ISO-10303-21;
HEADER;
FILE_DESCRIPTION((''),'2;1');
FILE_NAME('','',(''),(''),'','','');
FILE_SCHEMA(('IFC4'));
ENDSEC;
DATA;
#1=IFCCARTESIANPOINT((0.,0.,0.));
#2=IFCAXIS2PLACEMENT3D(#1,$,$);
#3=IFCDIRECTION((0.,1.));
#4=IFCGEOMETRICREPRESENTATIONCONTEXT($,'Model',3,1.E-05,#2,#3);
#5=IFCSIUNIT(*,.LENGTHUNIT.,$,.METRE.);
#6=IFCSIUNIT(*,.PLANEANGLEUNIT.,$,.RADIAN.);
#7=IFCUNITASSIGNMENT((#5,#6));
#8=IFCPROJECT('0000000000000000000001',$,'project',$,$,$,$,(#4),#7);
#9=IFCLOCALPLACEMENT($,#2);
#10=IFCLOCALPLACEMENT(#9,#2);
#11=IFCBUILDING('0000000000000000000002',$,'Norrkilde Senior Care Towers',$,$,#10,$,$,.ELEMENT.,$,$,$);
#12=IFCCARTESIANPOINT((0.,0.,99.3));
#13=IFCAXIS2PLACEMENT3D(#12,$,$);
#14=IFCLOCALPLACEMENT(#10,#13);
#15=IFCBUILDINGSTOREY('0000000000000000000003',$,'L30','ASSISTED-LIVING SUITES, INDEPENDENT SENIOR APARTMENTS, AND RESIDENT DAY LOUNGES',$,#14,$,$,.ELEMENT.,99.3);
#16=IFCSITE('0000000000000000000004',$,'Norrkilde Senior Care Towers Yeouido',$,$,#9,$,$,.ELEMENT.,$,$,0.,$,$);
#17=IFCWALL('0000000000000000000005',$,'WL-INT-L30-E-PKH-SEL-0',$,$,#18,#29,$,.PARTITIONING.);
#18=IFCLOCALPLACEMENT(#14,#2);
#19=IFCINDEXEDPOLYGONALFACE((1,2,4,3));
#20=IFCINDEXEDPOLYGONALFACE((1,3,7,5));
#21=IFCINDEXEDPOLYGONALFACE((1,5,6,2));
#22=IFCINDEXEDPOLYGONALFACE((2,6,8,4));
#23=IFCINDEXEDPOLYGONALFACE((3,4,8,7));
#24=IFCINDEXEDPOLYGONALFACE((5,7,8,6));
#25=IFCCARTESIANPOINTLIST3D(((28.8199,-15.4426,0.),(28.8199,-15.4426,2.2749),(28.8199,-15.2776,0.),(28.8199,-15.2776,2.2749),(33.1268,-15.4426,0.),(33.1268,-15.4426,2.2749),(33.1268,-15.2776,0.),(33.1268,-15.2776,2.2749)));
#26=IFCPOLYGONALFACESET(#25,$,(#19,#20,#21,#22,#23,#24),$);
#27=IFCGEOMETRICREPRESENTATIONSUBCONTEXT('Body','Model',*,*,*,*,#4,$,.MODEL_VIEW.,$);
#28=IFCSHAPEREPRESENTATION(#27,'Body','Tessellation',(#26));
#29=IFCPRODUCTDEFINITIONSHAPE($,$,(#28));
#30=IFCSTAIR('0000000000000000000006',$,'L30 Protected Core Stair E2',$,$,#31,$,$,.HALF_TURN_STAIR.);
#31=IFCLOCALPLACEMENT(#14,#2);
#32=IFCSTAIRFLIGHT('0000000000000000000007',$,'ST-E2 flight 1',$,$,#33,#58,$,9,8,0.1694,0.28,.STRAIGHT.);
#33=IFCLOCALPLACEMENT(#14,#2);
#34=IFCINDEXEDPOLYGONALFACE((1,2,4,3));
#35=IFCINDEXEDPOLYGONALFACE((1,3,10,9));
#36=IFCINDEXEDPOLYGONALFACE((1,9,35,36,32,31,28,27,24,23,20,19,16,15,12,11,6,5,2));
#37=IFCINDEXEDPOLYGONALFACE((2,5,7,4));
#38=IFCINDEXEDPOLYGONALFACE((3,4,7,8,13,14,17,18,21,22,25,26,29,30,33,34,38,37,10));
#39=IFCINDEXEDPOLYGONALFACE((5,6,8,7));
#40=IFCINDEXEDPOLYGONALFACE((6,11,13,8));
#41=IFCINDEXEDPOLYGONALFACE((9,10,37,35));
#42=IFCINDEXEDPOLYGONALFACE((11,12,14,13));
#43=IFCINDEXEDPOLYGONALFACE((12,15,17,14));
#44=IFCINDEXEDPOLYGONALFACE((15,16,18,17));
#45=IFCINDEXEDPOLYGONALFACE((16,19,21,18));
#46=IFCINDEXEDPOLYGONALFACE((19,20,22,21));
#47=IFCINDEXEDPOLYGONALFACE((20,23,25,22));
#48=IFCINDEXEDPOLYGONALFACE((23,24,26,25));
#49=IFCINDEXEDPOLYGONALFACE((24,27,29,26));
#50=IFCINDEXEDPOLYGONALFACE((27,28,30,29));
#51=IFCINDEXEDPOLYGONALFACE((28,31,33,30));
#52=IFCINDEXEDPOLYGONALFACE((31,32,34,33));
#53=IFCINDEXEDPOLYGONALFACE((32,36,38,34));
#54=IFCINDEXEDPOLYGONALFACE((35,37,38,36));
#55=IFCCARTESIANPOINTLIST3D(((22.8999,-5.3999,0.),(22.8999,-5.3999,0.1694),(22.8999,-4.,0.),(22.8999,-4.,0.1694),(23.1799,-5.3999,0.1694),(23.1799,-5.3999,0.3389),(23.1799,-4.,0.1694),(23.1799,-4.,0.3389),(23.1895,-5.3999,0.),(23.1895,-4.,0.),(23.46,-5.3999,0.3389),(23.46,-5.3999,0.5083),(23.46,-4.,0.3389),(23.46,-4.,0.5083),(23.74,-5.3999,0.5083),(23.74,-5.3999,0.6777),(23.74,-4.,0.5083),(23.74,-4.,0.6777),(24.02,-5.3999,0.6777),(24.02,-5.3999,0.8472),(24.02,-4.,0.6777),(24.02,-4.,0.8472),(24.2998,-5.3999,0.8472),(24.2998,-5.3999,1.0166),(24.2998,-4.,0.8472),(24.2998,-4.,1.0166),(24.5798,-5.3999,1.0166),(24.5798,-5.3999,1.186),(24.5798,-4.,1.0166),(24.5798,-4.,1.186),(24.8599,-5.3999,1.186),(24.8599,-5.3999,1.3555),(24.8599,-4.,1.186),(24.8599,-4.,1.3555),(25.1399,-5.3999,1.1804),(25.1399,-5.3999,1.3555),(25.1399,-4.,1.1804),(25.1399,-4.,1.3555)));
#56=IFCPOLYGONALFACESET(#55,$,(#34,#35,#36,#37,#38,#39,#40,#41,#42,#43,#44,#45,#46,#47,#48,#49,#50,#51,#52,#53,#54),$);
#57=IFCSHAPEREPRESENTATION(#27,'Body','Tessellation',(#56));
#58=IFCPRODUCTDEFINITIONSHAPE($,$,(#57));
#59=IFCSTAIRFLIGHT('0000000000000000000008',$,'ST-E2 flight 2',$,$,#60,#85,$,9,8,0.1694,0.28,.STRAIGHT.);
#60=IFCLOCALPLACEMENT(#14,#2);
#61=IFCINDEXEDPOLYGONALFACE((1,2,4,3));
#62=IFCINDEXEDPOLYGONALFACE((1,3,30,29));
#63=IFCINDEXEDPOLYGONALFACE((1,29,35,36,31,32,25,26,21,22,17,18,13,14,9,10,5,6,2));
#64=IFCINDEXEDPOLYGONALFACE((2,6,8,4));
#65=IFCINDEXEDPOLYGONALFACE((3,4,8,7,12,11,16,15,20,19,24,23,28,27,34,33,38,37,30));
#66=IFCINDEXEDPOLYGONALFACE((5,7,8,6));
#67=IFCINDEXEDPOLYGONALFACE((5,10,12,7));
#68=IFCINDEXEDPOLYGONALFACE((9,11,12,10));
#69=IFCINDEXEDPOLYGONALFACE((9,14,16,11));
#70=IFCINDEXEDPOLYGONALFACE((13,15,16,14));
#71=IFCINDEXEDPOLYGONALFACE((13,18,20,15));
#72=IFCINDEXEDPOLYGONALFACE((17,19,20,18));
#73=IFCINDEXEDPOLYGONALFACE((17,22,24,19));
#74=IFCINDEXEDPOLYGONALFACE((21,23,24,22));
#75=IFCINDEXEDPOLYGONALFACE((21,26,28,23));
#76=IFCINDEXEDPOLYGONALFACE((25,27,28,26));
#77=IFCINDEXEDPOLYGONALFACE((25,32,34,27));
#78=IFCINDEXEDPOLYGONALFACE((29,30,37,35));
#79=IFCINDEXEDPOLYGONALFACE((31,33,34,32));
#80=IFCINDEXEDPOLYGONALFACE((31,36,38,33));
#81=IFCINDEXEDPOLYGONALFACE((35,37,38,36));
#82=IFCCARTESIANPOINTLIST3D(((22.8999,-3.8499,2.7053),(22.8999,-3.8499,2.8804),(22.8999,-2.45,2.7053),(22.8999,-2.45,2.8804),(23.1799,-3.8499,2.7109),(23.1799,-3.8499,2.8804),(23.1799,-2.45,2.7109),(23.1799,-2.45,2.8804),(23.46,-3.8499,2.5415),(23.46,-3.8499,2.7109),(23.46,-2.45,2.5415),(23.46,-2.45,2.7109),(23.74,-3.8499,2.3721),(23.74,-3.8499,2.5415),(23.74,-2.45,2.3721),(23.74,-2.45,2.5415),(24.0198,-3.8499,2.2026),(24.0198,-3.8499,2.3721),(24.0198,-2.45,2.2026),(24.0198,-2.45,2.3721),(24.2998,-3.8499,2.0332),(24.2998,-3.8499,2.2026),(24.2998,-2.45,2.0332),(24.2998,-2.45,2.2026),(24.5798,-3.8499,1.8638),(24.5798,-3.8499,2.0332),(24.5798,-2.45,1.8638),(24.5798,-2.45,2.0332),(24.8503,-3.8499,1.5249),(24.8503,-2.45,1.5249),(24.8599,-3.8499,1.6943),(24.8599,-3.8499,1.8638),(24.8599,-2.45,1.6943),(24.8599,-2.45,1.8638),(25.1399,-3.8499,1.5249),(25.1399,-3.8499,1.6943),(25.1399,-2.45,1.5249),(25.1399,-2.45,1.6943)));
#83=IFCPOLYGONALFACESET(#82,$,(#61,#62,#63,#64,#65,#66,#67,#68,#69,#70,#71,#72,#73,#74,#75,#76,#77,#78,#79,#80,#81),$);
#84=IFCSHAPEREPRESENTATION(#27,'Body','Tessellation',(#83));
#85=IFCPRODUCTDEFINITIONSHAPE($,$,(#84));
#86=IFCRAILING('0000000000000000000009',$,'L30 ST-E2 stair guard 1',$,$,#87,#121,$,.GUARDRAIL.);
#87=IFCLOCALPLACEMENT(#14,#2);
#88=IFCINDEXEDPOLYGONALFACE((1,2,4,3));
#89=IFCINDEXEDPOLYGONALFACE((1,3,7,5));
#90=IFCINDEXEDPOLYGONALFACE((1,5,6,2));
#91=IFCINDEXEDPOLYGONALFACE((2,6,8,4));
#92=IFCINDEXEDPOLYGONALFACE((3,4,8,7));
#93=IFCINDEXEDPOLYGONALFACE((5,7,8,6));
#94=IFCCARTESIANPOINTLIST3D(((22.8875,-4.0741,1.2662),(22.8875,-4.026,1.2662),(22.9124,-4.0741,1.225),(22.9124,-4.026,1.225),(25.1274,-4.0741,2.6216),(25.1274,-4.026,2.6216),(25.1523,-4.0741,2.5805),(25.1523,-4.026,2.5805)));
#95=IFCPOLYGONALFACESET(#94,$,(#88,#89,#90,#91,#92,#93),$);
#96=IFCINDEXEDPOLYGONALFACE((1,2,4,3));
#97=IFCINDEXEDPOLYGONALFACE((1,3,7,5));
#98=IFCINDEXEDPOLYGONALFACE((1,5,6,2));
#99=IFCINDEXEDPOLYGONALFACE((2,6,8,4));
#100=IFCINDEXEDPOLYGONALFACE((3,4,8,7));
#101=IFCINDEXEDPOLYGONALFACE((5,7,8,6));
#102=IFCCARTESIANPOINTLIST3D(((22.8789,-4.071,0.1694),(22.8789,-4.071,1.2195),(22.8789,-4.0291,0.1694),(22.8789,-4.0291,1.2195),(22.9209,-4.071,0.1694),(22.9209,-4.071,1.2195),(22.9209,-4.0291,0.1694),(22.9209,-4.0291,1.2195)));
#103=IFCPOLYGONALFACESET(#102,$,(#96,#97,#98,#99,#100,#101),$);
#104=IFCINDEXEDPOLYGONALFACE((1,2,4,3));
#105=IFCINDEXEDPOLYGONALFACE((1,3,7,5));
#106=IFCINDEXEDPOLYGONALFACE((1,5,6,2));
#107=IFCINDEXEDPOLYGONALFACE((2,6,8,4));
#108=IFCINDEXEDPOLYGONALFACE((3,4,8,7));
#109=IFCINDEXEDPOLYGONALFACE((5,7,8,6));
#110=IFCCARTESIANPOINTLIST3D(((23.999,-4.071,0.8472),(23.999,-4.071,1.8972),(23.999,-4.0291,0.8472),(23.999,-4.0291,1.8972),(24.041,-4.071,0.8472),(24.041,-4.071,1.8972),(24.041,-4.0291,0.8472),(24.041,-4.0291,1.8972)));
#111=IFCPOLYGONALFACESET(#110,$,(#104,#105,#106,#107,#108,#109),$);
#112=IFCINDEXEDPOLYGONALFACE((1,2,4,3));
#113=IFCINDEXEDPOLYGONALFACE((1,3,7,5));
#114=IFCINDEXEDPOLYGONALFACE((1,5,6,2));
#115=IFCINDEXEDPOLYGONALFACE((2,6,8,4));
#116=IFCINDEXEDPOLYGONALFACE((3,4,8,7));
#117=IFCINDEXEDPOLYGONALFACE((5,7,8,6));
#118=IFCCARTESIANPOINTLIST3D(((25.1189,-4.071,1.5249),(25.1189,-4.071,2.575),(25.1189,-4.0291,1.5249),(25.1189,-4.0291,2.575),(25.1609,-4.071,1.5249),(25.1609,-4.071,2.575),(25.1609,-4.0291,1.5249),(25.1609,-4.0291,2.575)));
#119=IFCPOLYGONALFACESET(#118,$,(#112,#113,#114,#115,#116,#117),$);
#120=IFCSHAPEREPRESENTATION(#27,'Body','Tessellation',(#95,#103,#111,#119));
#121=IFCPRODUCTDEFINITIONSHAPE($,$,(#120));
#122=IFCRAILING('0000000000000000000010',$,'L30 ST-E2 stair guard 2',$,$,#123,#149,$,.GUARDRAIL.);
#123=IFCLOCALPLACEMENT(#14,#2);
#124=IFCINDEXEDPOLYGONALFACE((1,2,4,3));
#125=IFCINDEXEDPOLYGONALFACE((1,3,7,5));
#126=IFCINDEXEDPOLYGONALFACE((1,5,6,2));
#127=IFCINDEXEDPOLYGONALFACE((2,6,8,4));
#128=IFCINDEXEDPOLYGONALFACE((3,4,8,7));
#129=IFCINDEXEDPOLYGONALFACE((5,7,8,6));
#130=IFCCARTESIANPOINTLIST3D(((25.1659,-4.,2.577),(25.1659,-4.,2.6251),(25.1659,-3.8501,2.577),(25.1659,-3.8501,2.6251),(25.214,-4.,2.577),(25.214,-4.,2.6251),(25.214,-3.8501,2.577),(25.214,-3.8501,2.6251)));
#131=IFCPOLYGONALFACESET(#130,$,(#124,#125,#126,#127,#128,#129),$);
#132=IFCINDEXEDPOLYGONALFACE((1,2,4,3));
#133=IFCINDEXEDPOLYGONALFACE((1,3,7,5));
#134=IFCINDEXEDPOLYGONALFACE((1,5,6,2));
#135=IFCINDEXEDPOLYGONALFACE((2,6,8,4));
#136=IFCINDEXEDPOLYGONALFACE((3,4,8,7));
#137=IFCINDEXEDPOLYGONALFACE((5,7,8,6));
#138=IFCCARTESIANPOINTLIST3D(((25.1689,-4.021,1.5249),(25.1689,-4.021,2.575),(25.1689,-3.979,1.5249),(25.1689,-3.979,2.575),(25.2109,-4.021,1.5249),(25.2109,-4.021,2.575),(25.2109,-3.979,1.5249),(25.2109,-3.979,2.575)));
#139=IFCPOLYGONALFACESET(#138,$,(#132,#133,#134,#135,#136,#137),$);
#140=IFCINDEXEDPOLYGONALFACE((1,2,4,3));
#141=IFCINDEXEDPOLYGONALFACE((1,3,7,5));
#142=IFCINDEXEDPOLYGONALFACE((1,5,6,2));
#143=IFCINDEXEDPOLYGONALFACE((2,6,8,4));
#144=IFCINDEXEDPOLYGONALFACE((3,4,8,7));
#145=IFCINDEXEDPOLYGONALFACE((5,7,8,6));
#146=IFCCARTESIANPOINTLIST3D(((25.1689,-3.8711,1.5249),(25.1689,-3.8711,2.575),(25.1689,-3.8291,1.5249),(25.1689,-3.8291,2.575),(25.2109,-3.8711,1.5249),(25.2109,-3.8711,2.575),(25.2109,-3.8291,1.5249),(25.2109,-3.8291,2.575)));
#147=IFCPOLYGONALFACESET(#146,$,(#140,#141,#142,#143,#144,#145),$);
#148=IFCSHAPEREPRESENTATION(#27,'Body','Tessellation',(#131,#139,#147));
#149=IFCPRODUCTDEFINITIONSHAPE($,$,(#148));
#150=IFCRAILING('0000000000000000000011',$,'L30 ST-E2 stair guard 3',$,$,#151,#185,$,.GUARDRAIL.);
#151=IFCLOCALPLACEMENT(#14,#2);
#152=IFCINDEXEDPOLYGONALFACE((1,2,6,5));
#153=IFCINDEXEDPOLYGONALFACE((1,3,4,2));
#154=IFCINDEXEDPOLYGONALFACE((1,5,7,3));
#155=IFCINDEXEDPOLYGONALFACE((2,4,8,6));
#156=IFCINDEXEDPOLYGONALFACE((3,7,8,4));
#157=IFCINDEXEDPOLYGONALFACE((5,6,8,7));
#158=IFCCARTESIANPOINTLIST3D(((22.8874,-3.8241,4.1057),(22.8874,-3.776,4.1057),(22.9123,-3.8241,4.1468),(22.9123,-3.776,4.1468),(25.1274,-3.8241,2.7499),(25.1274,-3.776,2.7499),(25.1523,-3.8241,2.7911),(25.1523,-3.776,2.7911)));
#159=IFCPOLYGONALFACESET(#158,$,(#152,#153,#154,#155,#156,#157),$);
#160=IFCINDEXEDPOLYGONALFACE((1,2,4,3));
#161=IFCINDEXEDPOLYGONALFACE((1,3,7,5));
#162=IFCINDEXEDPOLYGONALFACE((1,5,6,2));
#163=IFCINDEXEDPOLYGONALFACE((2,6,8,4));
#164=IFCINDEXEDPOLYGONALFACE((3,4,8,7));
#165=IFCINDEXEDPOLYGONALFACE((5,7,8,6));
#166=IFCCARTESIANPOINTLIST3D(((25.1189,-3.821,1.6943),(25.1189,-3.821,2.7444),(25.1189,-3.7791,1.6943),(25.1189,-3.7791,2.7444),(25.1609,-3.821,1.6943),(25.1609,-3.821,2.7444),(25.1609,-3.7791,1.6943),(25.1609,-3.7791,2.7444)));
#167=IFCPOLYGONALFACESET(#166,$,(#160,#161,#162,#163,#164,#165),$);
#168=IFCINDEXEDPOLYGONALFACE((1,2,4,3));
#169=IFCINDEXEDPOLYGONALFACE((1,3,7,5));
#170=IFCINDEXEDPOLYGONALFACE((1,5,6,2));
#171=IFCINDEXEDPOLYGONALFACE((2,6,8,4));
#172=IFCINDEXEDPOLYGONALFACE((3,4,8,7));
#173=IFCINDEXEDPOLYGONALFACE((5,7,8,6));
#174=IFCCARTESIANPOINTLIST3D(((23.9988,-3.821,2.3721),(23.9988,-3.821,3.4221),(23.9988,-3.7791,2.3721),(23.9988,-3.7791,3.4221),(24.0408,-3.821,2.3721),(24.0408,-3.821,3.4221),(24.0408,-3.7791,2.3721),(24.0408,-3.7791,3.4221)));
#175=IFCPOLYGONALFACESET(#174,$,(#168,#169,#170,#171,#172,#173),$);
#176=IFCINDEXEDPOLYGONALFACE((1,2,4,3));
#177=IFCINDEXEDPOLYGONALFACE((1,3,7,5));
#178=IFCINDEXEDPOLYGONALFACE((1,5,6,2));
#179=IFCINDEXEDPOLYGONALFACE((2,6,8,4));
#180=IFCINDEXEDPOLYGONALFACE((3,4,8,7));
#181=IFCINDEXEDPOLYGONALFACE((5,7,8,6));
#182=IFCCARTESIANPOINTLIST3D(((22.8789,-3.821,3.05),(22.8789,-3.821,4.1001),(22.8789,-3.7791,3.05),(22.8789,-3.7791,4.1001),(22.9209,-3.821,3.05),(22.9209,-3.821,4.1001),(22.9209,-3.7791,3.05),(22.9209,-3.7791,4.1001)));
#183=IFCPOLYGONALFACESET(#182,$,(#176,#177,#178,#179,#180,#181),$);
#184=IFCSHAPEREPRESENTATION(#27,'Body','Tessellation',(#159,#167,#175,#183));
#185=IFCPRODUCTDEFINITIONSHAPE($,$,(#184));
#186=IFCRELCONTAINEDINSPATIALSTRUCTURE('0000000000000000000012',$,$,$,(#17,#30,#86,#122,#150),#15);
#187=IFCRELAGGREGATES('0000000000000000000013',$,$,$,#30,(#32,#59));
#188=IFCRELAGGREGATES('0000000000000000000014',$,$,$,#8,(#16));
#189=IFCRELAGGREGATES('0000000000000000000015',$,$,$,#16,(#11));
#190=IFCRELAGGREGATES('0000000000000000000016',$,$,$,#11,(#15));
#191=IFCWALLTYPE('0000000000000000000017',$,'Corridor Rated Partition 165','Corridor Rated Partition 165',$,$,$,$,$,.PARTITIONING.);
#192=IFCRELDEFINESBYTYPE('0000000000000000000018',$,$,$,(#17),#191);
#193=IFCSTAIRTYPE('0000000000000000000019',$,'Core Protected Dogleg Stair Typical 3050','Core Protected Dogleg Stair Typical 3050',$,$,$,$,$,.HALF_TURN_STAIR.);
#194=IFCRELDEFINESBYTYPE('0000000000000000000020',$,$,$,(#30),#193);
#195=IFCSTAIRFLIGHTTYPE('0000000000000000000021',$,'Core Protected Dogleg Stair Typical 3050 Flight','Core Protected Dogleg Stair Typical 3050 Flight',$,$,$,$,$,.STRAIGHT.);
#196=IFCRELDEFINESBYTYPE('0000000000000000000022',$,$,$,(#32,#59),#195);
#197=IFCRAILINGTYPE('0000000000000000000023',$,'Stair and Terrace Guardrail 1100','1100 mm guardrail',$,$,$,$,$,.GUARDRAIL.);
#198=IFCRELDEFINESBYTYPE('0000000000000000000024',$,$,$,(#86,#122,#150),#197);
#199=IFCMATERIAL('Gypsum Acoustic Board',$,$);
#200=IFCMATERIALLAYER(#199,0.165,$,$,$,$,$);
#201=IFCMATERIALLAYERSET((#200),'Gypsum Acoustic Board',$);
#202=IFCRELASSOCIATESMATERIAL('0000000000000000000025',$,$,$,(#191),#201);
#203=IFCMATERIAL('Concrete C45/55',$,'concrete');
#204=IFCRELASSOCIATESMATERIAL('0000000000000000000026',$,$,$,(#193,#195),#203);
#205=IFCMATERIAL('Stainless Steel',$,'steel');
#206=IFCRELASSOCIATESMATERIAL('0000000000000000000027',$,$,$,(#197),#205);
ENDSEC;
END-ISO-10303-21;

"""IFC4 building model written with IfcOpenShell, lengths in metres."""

from ifc_helpers import new_model, si_unit, direction, frame, frame_2d, origin, origin_2d, place, context, subcontext, project, spatial, polyline, rectangle, outline, extrude, source, transform, mapped, material, layer, layer_set, type_object, element, aggregate, save


model = new_model("IFC4")

# Units and contexts
model_context = context("Model", 3, precision=1e-05, world=origin(), true_north=direction((0.0, 1.0)))
body_context = subcontext(model_context, "Body", "Model", "MODEL_VIEW")
ifc_project = project(units=[si_unit("LENGTHUNIT", "METRE"), si_unit("PLANEANGLEUNIT", "RADIAN")], contexts=[model_context])

# Site, building, storey
site_placement = place(None, origin())
site = spatial("IfcSite", under=ifc_project, at=site_placement, Name="Norrkilde Senior Care Towers Yeouido", CompositionType="ELEMENT", RefElevation=0.0)
building_placement = place(site_placement, origin())
building = spatial("IfcBuilding", under=site, at=building_placement, Name="Norrkilde Senior Care Towers", CompositionType="ELEMENT")
storey_placement = place(building_placement, frame((0.0, 0.0, 99.3)))
storey = spatial("IfcBuildingStorey", under=building, at=storey_placement, Name="L30", Description="ASSISTED-LIVING SUITES, INDEPENDENT SENIOR APARTMENTS, AND RESIDENT DAY LOUNGES", CompositionType="ELEMENT", Elevation=99.3)

# Shared definitions
ifc_material_1 = material(Name="Concrete C45/55", Category="concrete")

# Shared definitions
ifc_material_2 = material(Name="Gypsum Acoustic Board")

# Shared definitions
ifc_material_3 = material(Name="Stainless Steel", Category="steel")

# Shared definitions
ifc_layer_1 = layer(ifc_material_2, 0.165)
ifc_layer_set_1 = layer_set([ifc_layer_1], Name="Gypsum Acoustic Board")
wall_type_1 = type_object("IfcWallType", Name="Corridor Rated Partition 165", Description="Corridor Rated Partition 165", PredefinedType="PARTITIONING", material=ifc_layer_set_1)

# Wall
shared_shape_1 = source(origin(), body_context, "Body", "SweptSolid", [
    extrude(rectangle(XDim=4.3069, YDim=0.165, at=frame_2d((2.1533, 0.0))), origin(), (0.0, 0.0, 1.0), 2.2749),
])
wall_1_placement = place(storey_placement, frame((28.8201, -15.3601, 0.0), z_axis=(0.0, 0.0, 1.0), x_axis=(1.0, 0.0, 0.0)))
element("IfcWall", 1, at=wall_1_placement, inside=storey, type_object=wall_type_1, Name="WL-INT-L30-E-PKH-SEL-0", PredefinedType="PARTITIONING", context=body_context, shape_type="MappedRepresentation", body=[
    mapped(shared_shape_1, transform((0.0, 0.0, 0.0), x_axis=(1.0, 0.0, 0.0), y_axis=(0.0, 1.0, 0.0), z_axis=(0.0, 0.0, 1.0), scale=1.0)),
])

# Stair, stair flights
stair_type = type_object("IfcStairType", Name="Core Protected Dogleg Stair Typical 3050", Description="Core Protected Dogleg Stair Typical 3050", PredefinedType="HALF_TURN_STAIR", material=ifc_material_1)
stair_placement = place(storey_placement, origin())
stair = element("IfcStair", 2, at=stair_placement, inside=storey, type_object=stair_type, Name="L30 Protected Core Stair E2", PredefinedType="HALF_TURN_STAIR")
stair_flight_type = type_object("IfcStairFlightType", Name="Core Protected Dogleg Stair Typical 3050 Flight", Description="Core Protected Dogleg Stair Typical 3050 Flight", PredefinedType="STRAIGHT", material=ifc_material_1)
stair_flight_1_placement = place(storey_placement, frame((22.8999, -4.7, 0.0), z_axis=(0.0, 0.0, 1.0), x_axis=(1.0, 0.0, 0.0)))
stair_flight_1 = element("IfcStairFlight", 3, at=stair_flight_1_placement, type_object=stair_flight_type, Name="ST-E2 flight 1", NumberOfRisers=9, NumberOfTreads=8, PredefinedType="STRAIGHT", RiserHeight=0.1694, TreadLength=0.28, context=body_context, shape_type="SweptSolid", body=[
    extrude(outline(polyline([(0.0, 0.0), (0.0, 0.1694), (0.28, 0.1694), (0.28, 0.3389), (0.5601, 0.3389), (0.5601, 0.5083), (0.8401, 0.5083), (0.8401, 0.6777), (1.1201, 0.6777), (1.1201, 0.8472), (1.3999, 0.8472), (1.3999, 1.0166), (1.6799, 1.0166), (1.6799, 1.186), (1.96, 1.186), (1.96, 1.3555), (2.24, 1.3555), (2.24, 1.5249), (2.24, 1.1804), (0.2896, 0.0), (0.0, 0.0)])), frame((0.0, 0.7, 0.0), z_axis=(0.0, -1.0, 0.0), x_axis=(1.0, 0.0, 0.0)), (0.0, 0.0, 1.0), 1.3999),
])
stair_flight_2_placement = place(storey_placement, frame((25.1399, -3.1499, 1.5249), z_axis=(0.0, 0.0, 1.0), x_axis=(-1.0, 0.0, 0.0)))
stair_flight_2 = element("IfcStairFlight", 4, at=stair_flight_2_placement, type_object=stair_flight_type, Name="ST-E2 flight 2", NumberOfRisers=9, NumberOfTreads=8, PredefinedType="STRAIGHT", RiserHeight=0.1694, TreadLength=0.28, context=body_context, shape_type="SweptSolid", body=[
    extrude(outline(polyline([(0.0, 0.0), (0.0, 0.1694), (0.28, 0.1694), (0.28, 0.3389), (0.5601, 0.3389), (0.5601, 0.5083), (0.8401, 0.5083), (0.8401, 0.6777), (1.1201, 0.6777), (1.1201, 0.8472), (1.3999, 0.8472), (1.3999, 1.0166), (1.6799, 1.0166), (1.6799, 1.186), (1.96, 1.186), (1.96, 1.3555), (2.24, 1.3555), (2.24, 1.5249), (2.24, 1.1804), (0.2896, 0.0), (0.0, 0.0)])), frame((0.0, 0.7, 0.0), z_axis=(0.0, -1.0, 0.0), x_axis=(1.0, 0.0, 0.0)), (0.0, 0.0, 1.0), 1.3999),
])
aggregate(stair, [stair_flight_1, stair_flight_2])

# Railings
railing_type_1 = type_object("IfcRailingType", Name="Stair and Terrace Guardrail 1100", Description="1100 mm guardrail", PredefinedType="GUARDRAIL", material=ifc_material_3)
railing_1_placement = place(storey_placement, frame((22.8999, -4.05, 0.1694)))
element("IfcRailing", 5, at=railing_1_placement, inside=storey, type_object=railing_type_1, Name="L30 ST-E2 stair guard 1", PredefinedType="GUARDRAIL", context=body_context, shape_type="SweptSolid", body=[
    extrude(rectangle(XDim=0.0481, YDim=0.0481, at=origin_2d()), frame((0.0, 0.0, 1.0762), z_axis=(0.855553, 0.0, 0.517715), x_axis=(0.0, 1.0, 0.0)), (0.0, 0.0, 1.0), 2.6182),
    extrude(rectangle(XDim=0.042, YDim=0.042, at=origin_2d()), origin(), (0.0, 0.0, 1.0), 1.05),
    extrude(rectangle(XDim=0.042, YDim=0.042, at=origin_2d()), frame((1.1201, 0.0, 0.6777)), (0.0, 0.0, 1.0), 1.05),
    extrude(rectangle(XDim=0.042, YDim=0.042, at=origin_2d()), frame((2.24, 0.0, 1.3555)), (0.0, 0.0, 1.0), 1.05),
])
railing_2_placement = place(storey_placement, frame((25.1899, -4.0, 1.5249)))
element("IfcRailing", 6, at=railing_2_placement, inside=storey, type_object=railing_type_1, Name="L30 ST-E2 stair guard 2", PredefinedType="GUARDRAIL", context=body_context, shape_type="SweptSolid", body=[
    extrude(rectangle(XDim=0.0481, YDim=0.0481, at=origin_2d()), frame((0.0, 0.0, 1.0762), z_axis=(0.0, 1.0, 0.0), x_axis=(-1.0, 0.0, 0.0)), (0.0, 0.0, 1.0), 0.1499),
    extrude(rectangle(XDim=0.042, YDim=0.042, at=origin_2d()), origin(), (0.0, 0.0, 1.0), 1.05),
    extrude(rectangle(XDim=0.042, YDim=0.042, at=origin_2d()), frame((0.0, 0.1499, 0.0)), (0.0, 0.0, 1.0), 1.05),
])
railing_3_placement = place(storey_placement, frame((25.1399, -3.8, 1.6943)))
element("IfcRailing", 7, at=railing_3_placement, inside=storey, type_object=railing_type_1, Name="L30 ST-E2 stair guard 3", PredefinedType="GUARDRAIL", context=body_context, shape_type="SweptSolid", body=[
    extrude(rectangle(XDim=0.0481, YDim=0.0481, at=origin_2d()), frame((0.0, 0.0, 1.0762), z_axis=(-0.855512, 0.0, 0.517783), x_axis=(0.0, -1.0, 0.0)), (0.0, 0.0, 1.0), 2.6184),
    extrude(rectangle(XDim=0.042, YDim=0.042, at=origin_2d()), origin(), (0.0, 0.0, 1.0), 1.05),
    extrude(rectangle(XDim=0.042, YDim=0.042, at=origin_2d()), frame((-1.1201, 0.0, 0.6777)), (0.0, 0.0, 1.0), 1.05),
    extrude(rectangle(XDim=0.042, YDim=0.042, at=origin_2d()), frame((-2.24, 0.0, 1.3557)), (0.0, 0.0, 1.0), 1.05),
])

save(model, "model.ifc")
